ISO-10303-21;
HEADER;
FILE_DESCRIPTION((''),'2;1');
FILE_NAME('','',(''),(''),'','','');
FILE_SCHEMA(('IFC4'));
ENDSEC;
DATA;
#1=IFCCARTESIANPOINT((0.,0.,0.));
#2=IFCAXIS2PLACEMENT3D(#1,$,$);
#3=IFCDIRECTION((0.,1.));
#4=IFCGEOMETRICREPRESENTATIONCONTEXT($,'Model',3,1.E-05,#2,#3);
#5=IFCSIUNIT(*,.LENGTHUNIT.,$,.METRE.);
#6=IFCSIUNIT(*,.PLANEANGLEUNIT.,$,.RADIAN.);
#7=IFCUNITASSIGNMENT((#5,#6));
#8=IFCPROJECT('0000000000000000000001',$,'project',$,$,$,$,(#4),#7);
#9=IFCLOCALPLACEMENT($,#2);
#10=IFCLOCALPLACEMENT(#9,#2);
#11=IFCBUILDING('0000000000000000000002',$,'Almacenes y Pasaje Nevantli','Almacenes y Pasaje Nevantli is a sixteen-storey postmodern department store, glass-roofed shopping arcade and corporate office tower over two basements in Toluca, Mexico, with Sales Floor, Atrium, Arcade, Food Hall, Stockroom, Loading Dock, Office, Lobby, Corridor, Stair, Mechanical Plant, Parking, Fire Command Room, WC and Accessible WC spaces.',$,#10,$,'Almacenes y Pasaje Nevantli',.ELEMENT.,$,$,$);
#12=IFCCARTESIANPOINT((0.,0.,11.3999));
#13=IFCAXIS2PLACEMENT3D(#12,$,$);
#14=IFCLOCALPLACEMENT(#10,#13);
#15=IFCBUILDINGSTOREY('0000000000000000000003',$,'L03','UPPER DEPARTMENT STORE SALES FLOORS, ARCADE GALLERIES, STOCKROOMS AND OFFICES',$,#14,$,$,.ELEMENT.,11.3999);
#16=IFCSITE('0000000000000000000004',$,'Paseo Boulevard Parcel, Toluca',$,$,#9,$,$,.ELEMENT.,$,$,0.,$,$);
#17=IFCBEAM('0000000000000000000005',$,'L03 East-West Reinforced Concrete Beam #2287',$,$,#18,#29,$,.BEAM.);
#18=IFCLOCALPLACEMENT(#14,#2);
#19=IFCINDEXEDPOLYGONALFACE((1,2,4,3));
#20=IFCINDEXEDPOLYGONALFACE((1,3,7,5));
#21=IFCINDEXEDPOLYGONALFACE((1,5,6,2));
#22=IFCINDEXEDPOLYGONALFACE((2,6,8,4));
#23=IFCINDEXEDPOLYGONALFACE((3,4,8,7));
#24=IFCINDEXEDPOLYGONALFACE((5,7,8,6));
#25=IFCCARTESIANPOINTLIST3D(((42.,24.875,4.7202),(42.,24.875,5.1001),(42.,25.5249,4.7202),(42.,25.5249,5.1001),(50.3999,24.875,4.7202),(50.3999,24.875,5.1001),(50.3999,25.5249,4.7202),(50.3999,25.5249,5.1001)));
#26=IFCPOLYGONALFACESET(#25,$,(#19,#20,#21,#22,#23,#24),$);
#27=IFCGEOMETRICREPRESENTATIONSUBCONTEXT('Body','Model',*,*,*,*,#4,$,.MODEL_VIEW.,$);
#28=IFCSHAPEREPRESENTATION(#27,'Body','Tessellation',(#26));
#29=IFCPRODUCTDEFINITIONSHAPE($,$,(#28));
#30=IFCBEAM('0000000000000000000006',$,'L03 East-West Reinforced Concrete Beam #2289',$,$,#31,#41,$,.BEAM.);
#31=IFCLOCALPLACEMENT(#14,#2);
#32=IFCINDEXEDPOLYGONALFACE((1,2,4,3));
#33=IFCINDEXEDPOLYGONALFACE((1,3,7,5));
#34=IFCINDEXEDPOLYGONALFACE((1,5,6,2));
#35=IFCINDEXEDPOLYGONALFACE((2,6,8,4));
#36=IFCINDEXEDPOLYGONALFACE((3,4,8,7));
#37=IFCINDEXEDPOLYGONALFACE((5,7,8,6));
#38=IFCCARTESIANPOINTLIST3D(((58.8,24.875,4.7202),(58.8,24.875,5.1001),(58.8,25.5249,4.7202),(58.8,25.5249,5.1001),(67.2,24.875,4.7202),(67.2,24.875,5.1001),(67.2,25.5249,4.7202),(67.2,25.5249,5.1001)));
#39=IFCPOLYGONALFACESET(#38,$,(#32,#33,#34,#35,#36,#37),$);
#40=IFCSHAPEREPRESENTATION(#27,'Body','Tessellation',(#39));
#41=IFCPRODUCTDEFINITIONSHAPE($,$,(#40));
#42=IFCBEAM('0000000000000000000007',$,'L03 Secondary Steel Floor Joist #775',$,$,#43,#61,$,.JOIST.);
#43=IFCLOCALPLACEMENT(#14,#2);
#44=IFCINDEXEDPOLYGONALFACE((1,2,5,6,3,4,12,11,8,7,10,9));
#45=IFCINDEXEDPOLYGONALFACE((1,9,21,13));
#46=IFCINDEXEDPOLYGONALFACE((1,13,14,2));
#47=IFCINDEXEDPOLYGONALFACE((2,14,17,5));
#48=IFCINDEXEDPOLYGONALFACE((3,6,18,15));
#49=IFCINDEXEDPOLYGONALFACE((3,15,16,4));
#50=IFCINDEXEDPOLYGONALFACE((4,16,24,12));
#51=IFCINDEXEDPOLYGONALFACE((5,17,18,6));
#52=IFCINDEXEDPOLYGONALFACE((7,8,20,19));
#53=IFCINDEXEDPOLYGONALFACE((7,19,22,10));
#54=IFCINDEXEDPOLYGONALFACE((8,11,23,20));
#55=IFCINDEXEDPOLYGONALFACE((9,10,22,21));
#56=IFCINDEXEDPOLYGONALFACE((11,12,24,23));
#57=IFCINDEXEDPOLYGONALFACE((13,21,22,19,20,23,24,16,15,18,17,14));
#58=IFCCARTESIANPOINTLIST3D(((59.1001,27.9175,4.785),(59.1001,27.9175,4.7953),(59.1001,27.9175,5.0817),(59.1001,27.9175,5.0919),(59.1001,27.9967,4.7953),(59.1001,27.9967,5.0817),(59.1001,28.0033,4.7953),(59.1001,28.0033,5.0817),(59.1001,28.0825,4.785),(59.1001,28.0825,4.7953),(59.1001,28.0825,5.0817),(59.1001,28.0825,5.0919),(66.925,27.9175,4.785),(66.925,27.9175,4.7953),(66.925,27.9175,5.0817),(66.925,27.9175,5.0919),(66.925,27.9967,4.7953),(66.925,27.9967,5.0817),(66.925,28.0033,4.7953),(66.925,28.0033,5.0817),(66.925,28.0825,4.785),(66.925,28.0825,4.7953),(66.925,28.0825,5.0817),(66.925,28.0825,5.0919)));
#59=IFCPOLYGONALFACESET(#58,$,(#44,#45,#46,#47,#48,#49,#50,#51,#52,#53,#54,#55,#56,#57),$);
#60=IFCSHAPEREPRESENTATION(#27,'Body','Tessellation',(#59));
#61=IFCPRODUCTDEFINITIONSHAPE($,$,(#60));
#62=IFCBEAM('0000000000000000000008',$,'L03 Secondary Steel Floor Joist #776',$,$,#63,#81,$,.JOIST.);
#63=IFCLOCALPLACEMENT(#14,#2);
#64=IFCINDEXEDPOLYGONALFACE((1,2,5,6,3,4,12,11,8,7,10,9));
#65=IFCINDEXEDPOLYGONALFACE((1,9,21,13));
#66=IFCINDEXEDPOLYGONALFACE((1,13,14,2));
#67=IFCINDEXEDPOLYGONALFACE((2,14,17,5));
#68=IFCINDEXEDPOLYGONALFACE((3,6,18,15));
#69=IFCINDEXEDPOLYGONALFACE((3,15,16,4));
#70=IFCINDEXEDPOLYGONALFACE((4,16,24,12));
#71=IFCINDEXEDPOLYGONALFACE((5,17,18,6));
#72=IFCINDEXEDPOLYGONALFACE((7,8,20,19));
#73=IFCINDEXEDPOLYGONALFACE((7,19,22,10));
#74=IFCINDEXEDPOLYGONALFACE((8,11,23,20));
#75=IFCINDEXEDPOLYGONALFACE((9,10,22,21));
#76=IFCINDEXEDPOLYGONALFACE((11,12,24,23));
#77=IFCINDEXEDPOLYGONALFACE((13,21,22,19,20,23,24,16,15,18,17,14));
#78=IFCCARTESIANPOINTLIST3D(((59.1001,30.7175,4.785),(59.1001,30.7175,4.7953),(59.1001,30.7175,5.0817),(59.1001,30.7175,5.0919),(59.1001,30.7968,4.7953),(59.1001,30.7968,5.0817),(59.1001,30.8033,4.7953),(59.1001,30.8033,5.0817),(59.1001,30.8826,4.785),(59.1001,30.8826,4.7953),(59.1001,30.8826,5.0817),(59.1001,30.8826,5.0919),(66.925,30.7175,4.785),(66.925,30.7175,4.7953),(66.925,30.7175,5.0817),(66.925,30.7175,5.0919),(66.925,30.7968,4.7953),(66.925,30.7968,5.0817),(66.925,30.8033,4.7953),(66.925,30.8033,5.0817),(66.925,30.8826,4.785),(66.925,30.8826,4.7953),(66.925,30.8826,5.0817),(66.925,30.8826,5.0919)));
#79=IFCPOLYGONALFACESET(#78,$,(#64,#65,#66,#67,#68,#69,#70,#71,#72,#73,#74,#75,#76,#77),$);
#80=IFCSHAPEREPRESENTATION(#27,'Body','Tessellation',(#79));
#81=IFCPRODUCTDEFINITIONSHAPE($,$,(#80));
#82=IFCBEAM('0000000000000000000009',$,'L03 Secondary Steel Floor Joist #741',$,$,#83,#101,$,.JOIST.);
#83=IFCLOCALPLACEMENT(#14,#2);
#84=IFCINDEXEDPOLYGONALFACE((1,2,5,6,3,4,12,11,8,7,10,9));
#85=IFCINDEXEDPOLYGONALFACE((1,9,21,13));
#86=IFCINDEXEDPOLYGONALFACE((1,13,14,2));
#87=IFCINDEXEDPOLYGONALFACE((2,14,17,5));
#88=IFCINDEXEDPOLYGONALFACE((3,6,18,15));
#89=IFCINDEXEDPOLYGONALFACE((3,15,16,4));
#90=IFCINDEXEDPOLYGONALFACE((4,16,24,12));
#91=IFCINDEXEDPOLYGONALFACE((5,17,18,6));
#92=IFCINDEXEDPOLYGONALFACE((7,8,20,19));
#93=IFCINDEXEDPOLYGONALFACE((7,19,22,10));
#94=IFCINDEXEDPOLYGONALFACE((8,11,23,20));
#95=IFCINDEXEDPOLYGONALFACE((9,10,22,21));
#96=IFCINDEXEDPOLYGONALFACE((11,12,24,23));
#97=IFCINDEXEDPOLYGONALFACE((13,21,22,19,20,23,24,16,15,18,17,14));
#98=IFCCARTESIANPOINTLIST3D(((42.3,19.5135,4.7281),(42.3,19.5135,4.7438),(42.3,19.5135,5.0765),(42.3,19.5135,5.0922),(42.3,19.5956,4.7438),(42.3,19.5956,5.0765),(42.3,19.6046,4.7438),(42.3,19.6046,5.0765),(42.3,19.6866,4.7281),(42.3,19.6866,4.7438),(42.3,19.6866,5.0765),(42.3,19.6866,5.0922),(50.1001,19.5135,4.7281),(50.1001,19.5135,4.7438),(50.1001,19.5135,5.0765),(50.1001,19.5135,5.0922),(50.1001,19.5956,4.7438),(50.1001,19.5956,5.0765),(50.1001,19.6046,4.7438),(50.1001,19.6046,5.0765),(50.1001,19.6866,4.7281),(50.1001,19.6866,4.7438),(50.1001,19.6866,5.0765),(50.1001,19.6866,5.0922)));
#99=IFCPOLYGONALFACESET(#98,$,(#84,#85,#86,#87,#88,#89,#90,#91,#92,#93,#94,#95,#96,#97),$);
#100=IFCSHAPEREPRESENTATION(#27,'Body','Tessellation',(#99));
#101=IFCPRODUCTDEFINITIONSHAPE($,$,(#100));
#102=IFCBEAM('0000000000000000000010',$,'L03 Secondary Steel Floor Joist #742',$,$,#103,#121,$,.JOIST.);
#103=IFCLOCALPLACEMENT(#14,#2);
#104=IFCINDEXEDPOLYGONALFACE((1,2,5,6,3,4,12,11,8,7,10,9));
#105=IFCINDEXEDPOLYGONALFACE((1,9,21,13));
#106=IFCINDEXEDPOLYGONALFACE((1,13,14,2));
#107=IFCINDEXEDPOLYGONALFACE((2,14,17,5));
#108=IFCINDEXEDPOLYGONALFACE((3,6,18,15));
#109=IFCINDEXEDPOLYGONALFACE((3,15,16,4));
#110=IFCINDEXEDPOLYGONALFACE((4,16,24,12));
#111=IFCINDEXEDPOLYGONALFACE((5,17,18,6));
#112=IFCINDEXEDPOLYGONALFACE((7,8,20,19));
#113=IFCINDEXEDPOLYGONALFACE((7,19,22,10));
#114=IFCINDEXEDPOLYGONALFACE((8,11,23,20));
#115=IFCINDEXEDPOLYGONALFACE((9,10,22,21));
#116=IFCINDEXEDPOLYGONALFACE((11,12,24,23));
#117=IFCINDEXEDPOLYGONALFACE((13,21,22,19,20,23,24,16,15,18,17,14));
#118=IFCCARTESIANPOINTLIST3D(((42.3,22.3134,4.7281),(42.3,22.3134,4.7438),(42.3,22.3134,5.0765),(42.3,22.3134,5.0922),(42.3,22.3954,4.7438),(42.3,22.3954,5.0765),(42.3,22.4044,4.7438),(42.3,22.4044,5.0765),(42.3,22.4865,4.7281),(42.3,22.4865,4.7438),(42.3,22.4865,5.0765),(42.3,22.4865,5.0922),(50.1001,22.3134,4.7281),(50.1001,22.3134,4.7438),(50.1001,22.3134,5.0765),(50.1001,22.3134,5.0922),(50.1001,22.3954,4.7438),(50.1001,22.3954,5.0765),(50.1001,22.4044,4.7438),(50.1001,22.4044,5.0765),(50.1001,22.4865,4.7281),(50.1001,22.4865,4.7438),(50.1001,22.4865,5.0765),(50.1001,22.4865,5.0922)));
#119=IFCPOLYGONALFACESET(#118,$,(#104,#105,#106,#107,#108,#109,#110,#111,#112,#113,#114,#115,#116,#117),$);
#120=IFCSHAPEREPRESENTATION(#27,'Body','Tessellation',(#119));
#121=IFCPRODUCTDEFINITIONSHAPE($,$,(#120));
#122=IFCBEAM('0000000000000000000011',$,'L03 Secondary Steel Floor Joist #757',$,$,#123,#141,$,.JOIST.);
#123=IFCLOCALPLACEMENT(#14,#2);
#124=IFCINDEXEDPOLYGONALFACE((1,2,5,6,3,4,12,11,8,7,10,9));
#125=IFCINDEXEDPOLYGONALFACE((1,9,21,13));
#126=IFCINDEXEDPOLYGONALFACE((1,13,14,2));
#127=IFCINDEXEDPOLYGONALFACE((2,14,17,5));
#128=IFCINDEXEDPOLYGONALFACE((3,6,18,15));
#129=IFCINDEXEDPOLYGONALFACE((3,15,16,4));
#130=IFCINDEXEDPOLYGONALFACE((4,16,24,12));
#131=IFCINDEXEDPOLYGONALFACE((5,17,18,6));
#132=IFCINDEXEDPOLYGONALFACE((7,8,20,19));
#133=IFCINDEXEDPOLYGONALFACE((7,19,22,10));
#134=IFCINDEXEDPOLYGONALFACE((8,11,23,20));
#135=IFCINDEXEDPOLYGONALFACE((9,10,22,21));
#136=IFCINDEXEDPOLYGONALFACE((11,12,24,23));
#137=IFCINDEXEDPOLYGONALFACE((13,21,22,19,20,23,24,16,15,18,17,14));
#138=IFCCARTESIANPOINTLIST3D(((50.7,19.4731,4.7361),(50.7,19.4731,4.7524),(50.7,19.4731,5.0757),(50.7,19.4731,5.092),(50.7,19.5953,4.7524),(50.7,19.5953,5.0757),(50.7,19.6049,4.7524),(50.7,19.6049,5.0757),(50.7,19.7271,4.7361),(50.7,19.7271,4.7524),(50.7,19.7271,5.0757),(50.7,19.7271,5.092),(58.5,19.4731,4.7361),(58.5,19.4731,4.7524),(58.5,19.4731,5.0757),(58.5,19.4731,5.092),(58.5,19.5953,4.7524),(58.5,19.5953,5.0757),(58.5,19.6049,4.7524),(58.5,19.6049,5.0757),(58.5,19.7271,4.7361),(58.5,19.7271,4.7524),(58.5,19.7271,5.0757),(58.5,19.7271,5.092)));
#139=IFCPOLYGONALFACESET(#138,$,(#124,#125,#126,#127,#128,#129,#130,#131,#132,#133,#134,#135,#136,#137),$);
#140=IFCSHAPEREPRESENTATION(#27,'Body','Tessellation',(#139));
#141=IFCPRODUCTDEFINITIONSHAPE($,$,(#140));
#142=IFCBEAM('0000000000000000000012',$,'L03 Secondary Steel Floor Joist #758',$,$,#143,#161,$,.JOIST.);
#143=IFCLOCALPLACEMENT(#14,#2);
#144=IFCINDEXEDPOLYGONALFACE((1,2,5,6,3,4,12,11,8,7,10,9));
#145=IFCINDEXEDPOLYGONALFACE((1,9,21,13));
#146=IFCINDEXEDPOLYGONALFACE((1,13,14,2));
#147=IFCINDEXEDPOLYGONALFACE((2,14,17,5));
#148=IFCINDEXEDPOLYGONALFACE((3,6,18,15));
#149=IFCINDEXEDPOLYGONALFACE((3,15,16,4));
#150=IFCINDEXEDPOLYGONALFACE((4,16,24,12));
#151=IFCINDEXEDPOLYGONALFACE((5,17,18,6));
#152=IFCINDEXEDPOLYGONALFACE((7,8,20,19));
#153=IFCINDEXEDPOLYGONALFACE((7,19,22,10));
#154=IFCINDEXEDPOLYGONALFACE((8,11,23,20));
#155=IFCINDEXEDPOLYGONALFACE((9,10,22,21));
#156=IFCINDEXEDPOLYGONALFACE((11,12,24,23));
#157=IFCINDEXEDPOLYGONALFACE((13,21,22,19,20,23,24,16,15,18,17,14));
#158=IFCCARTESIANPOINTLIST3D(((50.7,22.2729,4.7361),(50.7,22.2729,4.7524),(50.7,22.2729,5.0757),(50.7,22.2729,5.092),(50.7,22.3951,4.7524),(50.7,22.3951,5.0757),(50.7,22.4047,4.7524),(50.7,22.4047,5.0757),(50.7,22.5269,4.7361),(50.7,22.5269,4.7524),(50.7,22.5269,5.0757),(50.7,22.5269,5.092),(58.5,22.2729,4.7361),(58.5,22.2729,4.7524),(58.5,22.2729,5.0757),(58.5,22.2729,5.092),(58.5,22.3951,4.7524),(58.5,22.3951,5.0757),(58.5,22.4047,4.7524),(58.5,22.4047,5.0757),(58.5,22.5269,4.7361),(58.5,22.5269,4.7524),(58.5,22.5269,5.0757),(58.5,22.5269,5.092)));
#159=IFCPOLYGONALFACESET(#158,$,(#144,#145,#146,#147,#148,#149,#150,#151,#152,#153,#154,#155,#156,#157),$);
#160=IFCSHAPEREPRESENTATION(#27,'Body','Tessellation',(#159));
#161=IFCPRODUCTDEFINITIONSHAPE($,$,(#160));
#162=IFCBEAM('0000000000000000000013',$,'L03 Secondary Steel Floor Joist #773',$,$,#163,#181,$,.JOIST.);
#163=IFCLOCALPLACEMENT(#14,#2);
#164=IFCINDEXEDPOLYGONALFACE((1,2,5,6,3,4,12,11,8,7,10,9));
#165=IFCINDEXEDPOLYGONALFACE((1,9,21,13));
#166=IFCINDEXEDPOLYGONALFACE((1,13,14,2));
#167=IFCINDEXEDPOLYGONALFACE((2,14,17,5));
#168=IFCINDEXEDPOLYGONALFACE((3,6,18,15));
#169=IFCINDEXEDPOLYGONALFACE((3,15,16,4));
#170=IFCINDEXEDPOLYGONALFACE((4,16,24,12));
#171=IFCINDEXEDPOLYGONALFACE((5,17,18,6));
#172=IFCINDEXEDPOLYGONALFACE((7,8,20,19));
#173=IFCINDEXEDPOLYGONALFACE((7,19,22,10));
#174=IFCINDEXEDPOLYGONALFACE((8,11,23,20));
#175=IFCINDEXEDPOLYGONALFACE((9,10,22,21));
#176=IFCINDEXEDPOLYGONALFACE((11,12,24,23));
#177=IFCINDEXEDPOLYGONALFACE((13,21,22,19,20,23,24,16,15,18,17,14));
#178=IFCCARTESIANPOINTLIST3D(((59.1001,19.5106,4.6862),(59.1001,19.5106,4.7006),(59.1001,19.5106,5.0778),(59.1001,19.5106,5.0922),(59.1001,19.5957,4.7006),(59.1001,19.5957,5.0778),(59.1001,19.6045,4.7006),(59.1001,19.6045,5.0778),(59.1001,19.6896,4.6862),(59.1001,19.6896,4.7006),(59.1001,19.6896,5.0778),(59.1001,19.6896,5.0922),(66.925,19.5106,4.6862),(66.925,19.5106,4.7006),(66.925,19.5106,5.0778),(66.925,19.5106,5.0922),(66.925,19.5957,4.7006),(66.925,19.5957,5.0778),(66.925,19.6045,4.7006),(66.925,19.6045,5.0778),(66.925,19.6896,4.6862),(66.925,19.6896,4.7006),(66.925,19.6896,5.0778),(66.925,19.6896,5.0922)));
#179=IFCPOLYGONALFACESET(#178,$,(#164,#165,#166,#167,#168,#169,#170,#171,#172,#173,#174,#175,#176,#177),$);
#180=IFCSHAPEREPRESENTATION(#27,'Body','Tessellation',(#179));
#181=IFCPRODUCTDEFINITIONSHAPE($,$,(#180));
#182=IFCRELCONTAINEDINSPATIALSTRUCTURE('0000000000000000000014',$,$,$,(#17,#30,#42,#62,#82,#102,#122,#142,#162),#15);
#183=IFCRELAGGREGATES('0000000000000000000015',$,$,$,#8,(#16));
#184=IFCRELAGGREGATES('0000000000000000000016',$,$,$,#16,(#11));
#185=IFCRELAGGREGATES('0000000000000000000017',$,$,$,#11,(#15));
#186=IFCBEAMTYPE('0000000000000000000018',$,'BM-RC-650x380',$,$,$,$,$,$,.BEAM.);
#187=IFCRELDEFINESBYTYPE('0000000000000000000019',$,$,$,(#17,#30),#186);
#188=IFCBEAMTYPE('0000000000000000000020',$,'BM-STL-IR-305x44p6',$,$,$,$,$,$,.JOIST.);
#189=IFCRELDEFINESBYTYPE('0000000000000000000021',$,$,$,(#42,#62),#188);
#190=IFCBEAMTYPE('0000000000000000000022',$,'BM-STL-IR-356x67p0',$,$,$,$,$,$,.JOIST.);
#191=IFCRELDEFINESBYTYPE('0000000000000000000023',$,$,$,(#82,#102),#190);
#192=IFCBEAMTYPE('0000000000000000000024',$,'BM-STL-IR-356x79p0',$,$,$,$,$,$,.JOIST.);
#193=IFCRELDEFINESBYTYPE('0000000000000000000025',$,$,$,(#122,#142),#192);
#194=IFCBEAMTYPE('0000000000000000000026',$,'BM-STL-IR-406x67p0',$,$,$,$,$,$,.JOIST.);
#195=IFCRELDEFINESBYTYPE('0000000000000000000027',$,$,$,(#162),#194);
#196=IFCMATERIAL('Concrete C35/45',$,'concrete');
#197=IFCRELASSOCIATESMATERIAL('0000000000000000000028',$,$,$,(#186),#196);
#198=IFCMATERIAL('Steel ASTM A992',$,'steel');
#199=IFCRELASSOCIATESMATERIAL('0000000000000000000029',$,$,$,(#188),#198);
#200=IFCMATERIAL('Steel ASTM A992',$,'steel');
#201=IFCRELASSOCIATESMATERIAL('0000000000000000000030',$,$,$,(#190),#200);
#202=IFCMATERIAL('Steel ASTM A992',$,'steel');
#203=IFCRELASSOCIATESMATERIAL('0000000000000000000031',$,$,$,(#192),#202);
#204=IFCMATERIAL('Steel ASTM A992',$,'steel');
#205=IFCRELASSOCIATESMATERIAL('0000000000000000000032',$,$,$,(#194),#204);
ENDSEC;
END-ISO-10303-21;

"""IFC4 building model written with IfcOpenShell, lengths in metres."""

from ifc_helpers import new_model, si_unit, direction, frame, origin, origin_2d, place, context, subcontext, project, spatial, rectangle, i_section, extrude, material, material_profile, profile_set, type_object, element, save


model = new_model("IFC4")

# Units and contexts
model_context = context("Model", 3, precision=1e-05, world=origin(), true_north=direction((0.0, 1.0)))
body_context = subcontext(model_context, "Body", "Model", "MODEL_VIEW")
ifc_project = project(units=[si_unit("LENGTHUNIT", "METRE"), si_unit("PLANEANGLEUNIT", "RADIAN")], contexts=[model_context])

# Site, building, storey
site_placement = place(None, origin())
site = spatial("IfcSite", under=ifc_project, at=site_placement, Name="Paseo Boulevard Parcel, Toluca", CompositionType="ELEMENT", RefElevation=0.0)
building_placement = place(site_placement, origin())
building = spatial("IfcBuilding", under=site, at=building_placement, Name="Almacenes y Pasaje Nevantli", Description="Almacenes y Pasaje Nevantli is a sixteen-storey postmodern department store, glass-roofed shopping arcade and corporate office tower over two basements in Toluca, Mexico, with Sales Floor, Atrium, Arcade, Food Hall, Stockroom, Loading Dock, Office, Lobby, Corridor, Stair, Mechanical Plant, Parking, Fire Command Room, WC and Accessible WC spaces.", LongName="Almacenes y Pasaje Nevantli", CompositionType="ELEMENT")
storey_placement = place(building_placement, frame((0.0, 0.0, 11.3999)))
storey = spatial("IfcBuildingStorey", under=building, at=storey_placement, Name="L03", Description="UPPER DEPARTMENT STORE SALES FLOORS, ARCADE GALLERIES, STOCKROOMS AND OFFICES", CompositionType="ELEMENT", Elevation=11.3999)

# Beams
ifc_material_1 = material(Name="Concrete C35/45", Category="concrete")
ifc_material_profile_1 = material_profile(ifc_material_1, rectangle(XDim=0.6499, YDim=0.3799, at=origin_2d()), Name="RC-BM-650x380")
ifc_profile_set_1 = profile_set([ifc_material_profile_1], Name="Concrete C35/45")
beam_type_1 = type_object("IfcBeamType", Name="BM-RC-650x380", PredefinedType="BEAM", material=ifc_profile_set_1)
for number, where, z_axis, x_axis, name in (
    (1, (42.0, 25.2, 4.9102), (1.0, 0.0, 0.0), (0.0, 1.0, 0.0), "L03 East-West Reinforced Concrete Beam #2287"),
    (2, (58.8, 25.2, 4.9102), (1.0, 0.0, 0.0), (0.0, 1.0, 0.0), "L03 East-West Reinforced Concrete Beam #2289"),
):
    element("IfcBeam", number, at=place(storey_placement, frame(where, z_axis=z_axis, x_axis=x_axis)), inside=storey, type_object=beam_type_1, Name=name, PredefinedType="BEAM", context=body_context, shape_type="SweptSolid", body=[
        extrude(rectangle(XDim=0.6499, YDim=0.3799, at=origin_2d()), origin(), (0.0, 0.0, 1.0), 8.3999),
    ])
ifc_material_2 = material(Name="Steel ASTM A992", Category="steel")
ifc_material_profile_2 = material_profile(ifc_material_2, i_section(OverallWidth=0.165, OverallDepth=0.3069, WebThickness=0.0066, FlangeThickness=0.0103, at=origin_2d()), Name="IR 305x44.6")
ifc_profile_set_2 = profile_set([ifc_material_profile_2], Name="Steel ASTM A992")
beam_type_2 = type_object("IfcBeamType", Name="BM-STL-IR-305x44p6", PredefinedType="JOIST", material=ifc_profile_set_2)
for number, where, z_axis, x_axis, name in (
    (3, (59.1001, 28.0, 4.9385), (1.0, 0.0, 0.0), (0.0, 1.0, 0.0), "L03 Secondary Steel Floor Joist #775"),
    (4, (59.1001, 30.8, 4.9385), (1.0, 0.0, 0.0), (0.0, 1.0, 0.0), "L03 Secondary Steel Floor Joist #776"),
):
    element("IfcBeam", number, at=place(storey_placement, frame(where, z_axis=z_axis, x_axis=x_axis)), inside=storey, type_object=beam_type_2, Name=name, PredefinedType="JOIST", context=body_context, shape_type="SweptSolid", body=[
        extrude(i_section(OverallWidth=0.165, OverallDepth=0.3069, WebThickness=0.0066, FlangeThickness=0.0103, at=origin_2d()), origin(), (0.0, 0.0, 1.0), 7.825),
    ])
ifc_material_3 = material(Name="Steel ASTM A992", Category="steel")
ifc_material_profile_3 = material_profile(ifc_material_3, i_section(OverallWidth=0.1731, OverallDepth=0.364, WebThickness=0.009, FlangeThickness=0.0156, at=origin_2d()), Name="IR 356x67.0")
ifc_profile_set_3 = profile_set([ifc_material_profile_3], Name="Steel ASTM A992")
beam_type_3 = type_object("IfcBeamType", Name="BM-STL-IR-356x67p0", PredefinedType="JOIST", material=ifc_profile_set_3)
for number, where, z_axis, x_axis, name in (
    (5, (42.3, 19.6001, 4.9102), (1.0, 0.0, 0.0), (0.0, 1.0, 0.0), "L03 Secondary Steel Floor Joist #741"),
    (6, (42.3, 22.3999, 4.9102), (1.0, 0.0, 0.0), (0.0, 1.0, 0.0), "L03 Secondary Steel Floor Joist #742"),
):
    element("IfcBeam", number, at=place(storey_placement, frame(where, z_axis=z_axis, x_axis=x_axis)), inside=storey, type_object=beam_type_3, Name=name, PredefinedType="JOIST", context=body_context, shape_type="SweptSolid", body=[
        extrude(i_section(OverallWidth=0.1731, OverallDepth=0.364, WebThickness=0.009, FlangeThickness=0.0156, at=origin_2d()), origin(), (0.0, 0.0, 1.0), 7.8),
    ])
ifc_material_4 = material(Name="Steel ASTM A992", Category="steel")
ifc_material_profile_4 = material_profile(ifc_material_4, i_section(OverallWidth=0.2539, OverallDepth=0.356, WebThickness=0.0095, FlangeThickness=0.0164, at=origin_2d()), Name="IR 356x79.0")
ifc_profile_set_4 = profile_set([ifc_material_profile_4], Name="Steel ASTM A992")
beam_type_4 = type_object("IfcBeamType", Name="BM-STL-IR-356x79p0", PredefinedType="JOIST", material=ifc_profile_set_4)
for number, where, z_axis, x_axis, name in (
    (7, (50.7, 19.6001, 4.9141), (1.0, 0.0, 0.0), (0.0, 1.0, 0.0), "L03 Secondary Steel Floor Joist #757"),
    (8, (50.7, 22.3999, 4.9141), (1.0, 0.0, 0.0), (0.0, 1.0, 0.0), "L03 Secondary Steel Floor Joist #758"),
):
    element("IfcBeam", number, at=place(storey_placement, frame(where, z_axis=z_axis, x_axis=x_axis)), inside=storey, type_object=beam_type_4, Name=name, PredefinedType="JOIST", context=body_context, shape_type="SweptSolid", body=[
        extrude(i_section(OverallWidth=0.2539, OverallDepth=0.356, WebThickness=0.0095, FlangeThickness=0.0164, at=origin_2d()), origin(), (0.0, 0.0, 1.0), 7.8),
    ])
ifc_material_5 = material(Name="Steel ASTM A992", Category="steel")
ifc_material_profile_5 = material_profile(ifc_material_5, i_section(OverallWidth=0.179, OverallDepth=0.406, WebThickness=0.0088, FlangeThickness=0.0144, at=origin_2d()), Name="IR 406x67.0")
ifc_profile_set_5 = profile_set([ifc_material_profile_5], Name="Steel ASTM A992")
beam_type_5 = type_object("IfcBeamType", Name="BM-STL-IR-406x67p0", PredefinedType="JOIST", material=ifc_profile_set_5)
for number, where, z_axis, x_axis, name in (
    (9, (59.1001, 19.6001, 4.8892), (1.0, 0.0, 0.0), (0.0, 1.0, 0.0), "L03 Secondary Steel Floor Joist #773"),
):
    element("IfcBeam", number, at=place(storey_placement, frame(where, z_axis=z_axis, x_axis=x_axis)), inside=storey, type_object=beam_type_5, Name=name, PredefinedType="JOIST", context=body_context, shape_type="SweptSolid", body=[
        extrude(i_section(OverallWidth=0.179, OverallDepth=0.406, WebThickness=0.0088, FlangeThickness=0.0144, at=origin_2d()), origin(), (0.0, 0.0, 1.0), 7.825),
    ])

save(model, "model.ifc")
